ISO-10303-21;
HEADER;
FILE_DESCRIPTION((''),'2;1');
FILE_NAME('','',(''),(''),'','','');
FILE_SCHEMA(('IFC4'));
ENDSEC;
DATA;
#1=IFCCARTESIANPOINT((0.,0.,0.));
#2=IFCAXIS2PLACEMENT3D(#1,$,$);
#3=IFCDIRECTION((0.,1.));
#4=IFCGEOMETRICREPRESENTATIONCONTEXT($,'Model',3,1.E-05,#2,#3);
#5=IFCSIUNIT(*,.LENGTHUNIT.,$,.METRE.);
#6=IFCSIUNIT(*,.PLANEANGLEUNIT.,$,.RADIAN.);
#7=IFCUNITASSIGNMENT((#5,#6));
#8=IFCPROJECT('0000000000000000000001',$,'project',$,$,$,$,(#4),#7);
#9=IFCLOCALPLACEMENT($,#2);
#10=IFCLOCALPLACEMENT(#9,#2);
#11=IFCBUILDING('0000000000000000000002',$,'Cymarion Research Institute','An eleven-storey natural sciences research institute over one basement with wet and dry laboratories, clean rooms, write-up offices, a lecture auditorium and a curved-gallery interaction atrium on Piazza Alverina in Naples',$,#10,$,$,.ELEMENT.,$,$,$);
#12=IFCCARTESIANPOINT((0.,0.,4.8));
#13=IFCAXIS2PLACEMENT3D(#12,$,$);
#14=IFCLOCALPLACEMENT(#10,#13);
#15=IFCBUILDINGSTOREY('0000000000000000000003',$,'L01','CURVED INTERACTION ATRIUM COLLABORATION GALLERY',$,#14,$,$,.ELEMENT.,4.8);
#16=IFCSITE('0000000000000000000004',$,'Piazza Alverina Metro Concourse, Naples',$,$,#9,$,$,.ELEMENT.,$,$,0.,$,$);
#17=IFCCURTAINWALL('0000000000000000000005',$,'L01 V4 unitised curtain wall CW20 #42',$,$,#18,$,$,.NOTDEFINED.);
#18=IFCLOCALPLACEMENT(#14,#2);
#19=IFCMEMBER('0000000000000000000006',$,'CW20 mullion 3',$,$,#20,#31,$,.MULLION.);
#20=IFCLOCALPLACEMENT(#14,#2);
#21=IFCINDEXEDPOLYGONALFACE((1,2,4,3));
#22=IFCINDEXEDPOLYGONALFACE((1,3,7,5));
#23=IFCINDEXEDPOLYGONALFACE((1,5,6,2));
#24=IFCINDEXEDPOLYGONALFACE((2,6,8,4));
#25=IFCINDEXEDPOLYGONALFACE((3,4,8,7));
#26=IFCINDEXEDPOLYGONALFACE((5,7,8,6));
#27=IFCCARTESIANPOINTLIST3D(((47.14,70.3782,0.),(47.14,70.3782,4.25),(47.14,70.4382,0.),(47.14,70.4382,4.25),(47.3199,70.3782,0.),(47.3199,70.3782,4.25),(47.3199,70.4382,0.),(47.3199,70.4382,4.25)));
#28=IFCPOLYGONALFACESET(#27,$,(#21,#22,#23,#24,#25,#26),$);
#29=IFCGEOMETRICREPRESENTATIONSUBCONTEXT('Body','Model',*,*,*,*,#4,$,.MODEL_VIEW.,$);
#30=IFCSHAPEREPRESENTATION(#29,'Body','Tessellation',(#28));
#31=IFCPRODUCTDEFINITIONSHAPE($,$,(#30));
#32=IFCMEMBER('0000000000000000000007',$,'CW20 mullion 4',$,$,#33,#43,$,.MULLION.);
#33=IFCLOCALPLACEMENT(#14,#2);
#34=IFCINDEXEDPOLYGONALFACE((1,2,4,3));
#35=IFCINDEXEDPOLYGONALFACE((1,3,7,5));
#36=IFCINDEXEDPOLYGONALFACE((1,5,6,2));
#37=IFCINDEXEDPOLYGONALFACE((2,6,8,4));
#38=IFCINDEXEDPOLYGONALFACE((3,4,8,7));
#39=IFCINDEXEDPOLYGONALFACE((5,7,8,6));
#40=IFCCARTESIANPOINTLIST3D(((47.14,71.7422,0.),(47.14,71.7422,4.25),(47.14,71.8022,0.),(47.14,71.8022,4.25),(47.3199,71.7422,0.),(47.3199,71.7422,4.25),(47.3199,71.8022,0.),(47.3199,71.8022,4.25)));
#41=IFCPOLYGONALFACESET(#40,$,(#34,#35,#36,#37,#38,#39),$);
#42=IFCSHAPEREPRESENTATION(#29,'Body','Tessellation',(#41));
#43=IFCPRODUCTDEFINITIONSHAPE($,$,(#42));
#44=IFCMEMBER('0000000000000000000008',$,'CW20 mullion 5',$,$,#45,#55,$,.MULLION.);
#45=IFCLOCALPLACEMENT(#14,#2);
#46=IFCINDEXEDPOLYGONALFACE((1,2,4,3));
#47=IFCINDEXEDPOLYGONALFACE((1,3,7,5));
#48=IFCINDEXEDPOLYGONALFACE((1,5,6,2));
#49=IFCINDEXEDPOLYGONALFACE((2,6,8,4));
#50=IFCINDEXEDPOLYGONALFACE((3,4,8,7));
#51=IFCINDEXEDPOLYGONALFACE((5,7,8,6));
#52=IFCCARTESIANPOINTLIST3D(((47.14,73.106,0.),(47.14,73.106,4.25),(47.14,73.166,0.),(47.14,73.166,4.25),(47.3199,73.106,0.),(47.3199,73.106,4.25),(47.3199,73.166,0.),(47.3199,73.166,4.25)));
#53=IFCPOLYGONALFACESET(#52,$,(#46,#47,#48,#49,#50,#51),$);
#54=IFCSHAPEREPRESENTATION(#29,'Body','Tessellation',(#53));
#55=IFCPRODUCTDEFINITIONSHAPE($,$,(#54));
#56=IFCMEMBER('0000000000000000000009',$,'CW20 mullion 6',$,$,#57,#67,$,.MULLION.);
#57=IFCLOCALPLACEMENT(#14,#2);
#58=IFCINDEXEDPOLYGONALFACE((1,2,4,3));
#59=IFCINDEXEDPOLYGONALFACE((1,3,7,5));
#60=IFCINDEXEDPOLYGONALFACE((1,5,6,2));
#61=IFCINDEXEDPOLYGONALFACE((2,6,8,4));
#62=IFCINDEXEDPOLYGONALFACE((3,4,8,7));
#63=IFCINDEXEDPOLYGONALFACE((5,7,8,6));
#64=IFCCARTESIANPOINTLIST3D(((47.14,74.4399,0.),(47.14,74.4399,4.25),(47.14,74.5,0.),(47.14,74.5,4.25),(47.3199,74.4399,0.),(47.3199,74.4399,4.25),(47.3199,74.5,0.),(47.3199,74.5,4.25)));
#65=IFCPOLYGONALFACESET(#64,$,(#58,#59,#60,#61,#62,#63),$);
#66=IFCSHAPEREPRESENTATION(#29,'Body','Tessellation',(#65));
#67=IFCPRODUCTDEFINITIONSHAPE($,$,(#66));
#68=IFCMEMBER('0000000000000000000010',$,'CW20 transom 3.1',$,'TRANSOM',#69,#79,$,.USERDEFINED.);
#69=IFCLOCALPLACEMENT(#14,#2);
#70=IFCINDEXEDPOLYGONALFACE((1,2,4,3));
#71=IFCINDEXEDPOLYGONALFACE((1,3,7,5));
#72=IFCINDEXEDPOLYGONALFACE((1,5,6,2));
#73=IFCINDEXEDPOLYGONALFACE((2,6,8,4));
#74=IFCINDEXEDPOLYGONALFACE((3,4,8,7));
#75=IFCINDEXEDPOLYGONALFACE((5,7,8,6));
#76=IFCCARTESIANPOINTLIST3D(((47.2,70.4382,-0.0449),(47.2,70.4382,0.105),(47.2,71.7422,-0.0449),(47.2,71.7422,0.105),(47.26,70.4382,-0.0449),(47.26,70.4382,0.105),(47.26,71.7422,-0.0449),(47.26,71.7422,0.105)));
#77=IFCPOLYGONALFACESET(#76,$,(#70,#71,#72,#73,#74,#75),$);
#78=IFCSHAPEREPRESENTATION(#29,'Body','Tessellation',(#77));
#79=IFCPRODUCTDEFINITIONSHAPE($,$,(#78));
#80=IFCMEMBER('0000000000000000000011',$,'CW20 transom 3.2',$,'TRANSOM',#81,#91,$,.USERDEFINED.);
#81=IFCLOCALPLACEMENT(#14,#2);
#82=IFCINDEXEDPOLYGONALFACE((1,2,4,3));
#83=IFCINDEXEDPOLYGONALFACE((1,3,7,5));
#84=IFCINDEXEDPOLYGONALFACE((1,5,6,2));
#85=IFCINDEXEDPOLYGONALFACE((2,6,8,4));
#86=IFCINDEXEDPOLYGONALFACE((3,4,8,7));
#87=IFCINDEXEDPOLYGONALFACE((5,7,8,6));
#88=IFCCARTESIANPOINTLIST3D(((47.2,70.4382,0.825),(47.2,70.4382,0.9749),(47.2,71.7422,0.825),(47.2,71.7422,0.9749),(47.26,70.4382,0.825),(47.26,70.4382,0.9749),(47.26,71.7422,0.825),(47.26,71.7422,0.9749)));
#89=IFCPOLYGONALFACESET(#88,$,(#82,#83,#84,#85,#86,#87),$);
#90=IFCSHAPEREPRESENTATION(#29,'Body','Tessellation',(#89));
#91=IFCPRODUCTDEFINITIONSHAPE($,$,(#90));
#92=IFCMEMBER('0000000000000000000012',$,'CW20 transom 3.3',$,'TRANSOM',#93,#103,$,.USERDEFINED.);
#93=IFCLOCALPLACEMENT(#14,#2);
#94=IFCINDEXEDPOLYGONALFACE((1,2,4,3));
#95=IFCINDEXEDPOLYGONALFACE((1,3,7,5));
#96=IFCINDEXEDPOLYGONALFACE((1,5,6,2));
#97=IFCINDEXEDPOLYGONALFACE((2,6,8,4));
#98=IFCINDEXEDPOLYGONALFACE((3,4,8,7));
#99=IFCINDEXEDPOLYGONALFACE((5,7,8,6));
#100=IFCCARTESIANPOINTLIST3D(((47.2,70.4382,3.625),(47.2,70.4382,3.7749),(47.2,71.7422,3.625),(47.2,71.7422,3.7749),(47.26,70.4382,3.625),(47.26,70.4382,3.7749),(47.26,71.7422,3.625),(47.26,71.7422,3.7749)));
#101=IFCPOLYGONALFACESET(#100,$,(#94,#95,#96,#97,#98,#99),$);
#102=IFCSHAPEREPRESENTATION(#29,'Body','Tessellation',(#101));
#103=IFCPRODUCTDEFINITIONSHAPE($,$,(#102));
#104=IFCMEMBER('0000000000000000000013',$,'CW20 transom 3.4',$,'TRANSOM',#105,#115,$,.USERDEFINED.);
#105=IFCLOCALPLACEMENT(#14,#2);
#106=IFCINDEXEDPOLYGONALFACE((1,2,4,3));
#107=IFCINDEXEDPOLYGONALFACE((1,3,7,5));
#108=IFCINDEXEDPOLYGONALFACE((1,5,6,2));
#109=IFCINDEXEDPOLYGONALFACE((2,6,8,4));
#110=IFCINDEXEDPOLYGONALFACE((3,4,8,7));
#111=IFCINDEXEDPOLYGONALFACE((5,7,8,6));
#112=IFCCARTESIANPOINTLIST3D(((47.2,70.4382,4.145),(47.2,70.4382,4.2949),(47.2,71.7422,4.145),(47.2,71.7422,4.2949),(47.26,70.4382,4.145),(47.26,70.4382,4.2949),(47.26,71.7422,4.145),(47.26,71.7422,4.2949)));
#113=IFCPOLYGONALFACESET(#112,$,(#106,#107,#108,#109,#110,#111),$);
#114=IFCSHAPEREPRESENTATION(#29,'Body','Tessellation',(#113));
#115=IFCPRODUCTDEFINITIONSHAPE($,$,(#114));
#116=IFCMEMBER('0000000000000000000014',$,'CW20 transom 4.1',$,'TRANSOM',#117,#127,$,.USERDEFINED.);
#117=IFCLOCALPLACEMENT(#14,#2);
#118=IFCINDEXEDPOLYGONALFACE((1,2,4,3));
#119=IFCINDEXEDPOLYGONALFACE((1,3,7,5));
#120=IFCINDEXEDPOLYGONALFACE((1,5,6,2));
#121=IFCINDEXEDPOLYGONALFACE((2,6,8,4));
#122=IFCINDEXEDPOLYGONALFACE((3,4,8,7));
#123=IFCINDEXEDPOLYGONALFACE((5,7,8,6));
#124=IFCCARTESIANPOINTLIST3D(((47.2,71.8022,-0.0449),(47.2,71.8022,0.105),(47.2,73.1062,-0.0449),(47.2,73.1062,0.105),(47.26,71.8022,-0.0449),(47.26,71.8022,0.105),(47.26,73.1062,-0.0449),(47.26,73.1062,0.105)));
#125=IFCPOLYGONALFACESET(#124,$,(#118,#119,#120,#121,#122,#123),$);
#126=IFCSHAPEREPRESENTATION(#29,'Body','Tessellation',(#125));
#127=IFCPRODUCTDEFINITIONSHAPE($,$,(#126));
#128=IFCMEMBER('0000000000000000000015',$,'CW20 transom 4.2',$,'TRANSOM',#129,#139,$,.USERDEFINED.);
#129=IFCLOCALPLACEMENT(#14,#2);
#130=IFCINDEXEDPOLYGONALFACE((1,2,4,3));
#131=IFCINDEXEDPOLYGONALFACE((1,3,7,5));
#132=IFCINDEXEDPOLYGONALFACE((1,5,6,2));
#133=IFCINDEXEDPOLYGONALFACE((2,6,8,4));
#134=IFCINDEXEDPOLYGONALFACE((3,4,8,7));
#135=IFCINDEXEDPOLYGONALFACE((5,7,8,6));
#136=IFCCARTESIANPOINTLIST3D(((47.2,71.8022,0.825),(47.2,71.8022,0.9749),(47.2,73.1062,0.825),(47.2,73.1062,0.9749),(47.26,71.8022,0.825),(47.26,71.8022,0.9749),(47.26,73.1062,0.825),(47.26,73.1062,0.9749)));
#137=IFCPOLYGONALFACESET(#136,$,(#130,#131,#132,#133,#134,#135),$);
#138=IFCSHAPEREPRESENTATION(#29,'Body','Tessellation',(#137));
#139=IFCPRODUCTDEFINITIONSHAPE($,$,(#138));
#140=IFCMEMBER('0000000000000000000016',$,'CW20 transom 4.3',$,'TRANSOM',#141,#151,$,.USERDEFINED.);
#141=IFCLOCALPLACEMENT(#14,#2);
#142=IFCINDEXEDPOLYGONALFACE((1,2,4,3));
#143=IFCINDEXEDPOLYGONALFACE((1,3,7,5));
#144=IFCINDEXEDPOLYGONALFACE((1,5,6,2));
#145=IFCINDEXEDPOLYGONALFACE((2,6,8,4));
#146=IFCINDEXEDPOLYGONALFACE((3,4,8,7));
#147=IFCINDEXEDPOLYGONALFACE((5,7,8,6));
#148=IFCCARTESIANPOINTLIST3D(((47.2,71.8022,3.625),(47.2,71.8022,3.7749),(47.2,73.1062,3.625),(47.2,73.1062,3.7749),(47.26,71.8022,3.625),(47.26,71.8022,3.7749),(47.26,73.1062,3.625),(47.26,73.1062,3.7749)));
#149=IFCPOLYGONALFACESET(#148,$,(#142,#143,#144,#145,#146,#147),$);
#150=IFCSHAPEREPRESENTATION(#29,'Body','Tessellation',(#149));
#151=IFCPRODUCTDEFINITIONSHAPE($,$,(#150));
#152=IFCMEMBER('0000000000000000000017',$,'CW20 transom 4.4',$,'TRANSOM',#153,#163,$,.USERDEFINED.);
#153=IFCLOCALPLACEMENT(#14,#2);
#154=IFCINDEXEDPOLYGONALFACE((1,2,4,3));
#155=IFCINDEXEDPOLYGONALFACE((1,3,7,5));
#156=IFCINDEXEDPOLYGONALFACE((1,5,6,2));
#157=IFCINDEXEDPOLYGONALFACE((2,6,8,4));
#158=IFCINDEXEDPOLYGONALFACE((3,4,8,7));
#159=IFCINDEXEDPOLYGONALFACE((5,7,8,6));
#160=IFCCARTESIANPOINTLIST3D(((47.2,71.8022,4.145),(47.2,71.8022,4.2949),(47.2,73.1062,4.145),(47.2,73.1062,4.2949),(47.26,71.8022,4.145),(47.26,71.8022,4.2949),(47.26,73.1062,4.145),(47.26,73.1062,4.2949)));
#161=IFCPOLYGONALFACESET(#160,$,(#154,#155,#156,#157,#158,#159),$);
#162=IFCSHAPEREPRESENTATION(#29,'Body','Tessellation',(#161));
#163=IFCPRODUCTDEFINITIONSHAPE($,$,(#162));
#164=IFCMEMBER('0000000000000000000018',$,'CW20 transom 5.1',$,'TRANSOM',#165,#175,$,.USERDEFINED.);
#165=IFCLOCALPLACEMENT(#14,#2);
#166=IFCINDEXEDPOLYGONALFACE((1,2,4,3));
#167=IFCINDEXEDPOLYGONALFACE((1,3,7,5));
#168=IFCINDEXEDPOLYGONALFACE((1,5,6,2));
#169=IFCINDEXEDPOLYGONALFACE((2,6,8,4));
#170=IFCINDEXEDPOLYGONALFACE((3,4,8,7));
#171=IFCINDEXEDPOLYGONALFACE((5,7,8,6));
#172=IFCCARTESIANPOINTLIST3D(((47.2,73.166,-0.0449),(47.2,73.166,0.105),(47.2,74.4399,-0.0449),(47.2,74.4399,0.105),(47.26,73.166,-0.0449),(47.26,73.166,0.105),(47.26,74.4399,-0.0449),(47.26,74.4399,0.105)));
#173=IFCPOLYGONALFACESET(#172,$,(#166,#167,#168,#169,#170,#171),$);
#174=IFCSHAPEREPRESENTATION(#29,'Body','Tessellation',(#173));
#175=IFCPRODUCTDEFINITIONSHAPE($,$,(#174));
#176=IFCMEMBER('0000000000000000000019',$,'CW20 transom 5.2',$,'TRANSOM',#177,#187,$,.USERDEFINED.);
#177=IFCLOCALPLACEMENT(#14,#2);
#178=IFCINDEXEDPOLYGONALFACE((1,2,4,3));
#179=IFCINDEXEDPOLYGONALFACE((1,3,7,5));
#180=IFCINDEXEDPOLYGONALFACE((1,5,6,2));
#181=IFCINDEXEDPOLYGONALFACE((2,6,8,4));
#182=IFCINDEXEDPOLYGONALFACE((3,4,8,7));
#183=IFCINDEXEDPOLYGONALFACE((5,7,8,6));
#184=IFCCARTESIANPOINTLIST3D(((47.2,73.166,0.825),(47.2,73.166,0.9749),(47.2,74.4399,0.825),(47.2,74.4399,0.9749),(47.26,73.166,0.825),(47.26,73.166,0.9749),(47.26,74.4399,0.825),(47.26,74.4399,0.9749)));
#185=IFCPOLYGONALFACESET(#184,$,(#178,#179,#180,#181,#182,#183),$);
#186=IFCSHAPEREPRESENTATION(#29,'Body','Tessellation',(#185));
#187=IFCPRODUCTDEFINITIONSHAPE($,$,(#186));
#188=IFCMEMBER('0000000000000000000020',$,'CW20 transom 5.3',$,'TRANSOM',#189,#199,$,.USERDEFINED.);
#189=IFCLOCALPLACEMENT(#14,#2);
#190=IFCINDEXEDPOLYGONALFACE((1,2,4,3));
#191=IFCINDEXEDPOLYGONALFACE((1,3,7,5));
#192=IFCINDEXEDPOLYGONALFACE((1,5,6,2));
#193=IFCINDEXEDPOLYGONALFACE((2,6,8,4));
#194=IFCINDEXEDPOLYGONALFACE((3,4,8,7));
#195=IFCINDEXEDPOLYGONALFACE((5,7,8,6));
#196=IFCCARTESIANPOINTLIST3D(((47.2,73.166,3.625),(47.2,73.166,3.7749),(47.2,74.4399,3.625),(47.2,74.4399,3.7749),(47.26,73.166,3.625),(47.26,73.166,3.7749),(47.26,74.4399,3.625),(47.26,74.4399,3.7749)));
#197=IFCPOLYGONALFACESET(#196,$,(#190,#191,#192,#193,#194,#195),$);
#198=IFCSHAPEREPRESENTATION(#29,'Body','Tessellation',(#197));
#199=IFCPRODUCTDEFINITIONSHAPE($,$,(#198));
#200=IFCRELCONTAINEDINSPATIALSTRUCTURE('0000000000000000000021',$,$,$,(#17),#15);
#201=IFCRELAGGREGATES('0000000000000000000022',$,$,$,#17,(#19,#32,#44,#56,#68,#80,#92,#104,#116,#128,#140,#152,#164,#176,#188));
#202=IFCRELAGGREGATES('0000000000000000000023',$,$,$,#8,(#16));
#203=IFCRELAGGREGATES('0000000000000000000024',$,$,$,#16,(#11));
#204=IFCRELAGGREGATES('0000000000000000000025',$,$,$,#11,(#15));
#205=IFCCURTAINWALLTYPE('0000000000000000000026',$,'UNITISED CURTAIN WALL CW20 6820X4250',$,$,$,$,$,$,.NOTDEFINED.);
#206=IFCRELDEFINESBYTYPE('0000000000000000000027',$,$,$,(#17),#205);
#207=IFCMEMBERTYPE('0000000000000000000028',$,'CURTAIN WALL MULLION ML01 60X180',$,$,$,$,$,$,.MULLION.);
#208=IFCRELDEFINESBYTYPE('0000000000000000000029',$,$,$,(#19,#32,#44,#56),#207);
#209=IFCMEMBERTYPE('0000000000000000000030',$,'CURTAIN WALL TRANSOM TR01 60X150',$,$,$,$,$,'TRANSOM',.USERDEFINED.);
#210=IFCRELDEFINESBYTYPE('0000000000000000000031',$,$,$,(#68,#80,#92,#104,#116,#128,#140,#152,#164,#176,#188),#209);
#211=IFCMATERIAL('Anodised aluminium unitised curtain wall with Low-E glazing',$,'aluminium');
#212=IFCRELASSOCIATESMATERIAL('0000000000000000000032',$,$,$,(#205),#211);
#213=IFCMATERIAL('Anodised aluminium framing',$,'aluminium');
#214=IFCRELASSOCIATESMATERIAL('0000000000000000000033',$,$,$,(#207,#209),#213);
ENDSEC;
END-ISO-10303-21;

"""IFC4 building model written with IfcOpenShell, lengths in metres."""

from ifc_helpers import new_model, si_unit, direction, frame, origin, origin_2d, place, context, subcontext, project, spatial, rectangle, extrude, material, material_profile, profile_set, type_object, element, aggregate, save


model = new_model("IFC4")

# Units and contexts
model_context = context("Model", 3, precision=1e-05, world=origin(), true_north=direction((0.0, 1.0)))
body_context = subcontext(model_context, "Body", "Model", "MODEL_VIEW")
ifc_project = project(units=[si_unit("LENGTHUNIT", "METRE"), si_unit("PLANEANGLEUNIT", "RADIAN")], contexts=[model_context])

# Site, building, storey
site_placement = place(None, origin())
site = spatial("IfcSite", under=ifc_project, at=site_placement, Name="Piazza Alverina Metro Concourse, Naples", CompositionType="ELEMENT", RefElevation=0.0)
building_placement = place(site_placement, origin())
building = spatial("IfcBuilding", under=site, at=building_placement, Name="Cymarion Research Institute", Description="An eleven-storey natural sciences research institute over one basement with wet and dry laboratories, clean rooms, write-up offices, a lecture auditorium and a curved-gallery interaction atrium on Piazza Alverina in Naples", CompositionType="ELEMENT")
storey_placement = place(building_placement, frame((0.0, 0.0, 4.8)))
storey = spatial("IfcBuildingStorey", under=building, at=storey_placement, Name="L01", Description="CURVED INTERACTION ATRIUM COLLABORATION GALLERY", CompositionType="ELEMENT", Elevation=4.8)

# Curtain wall, members
ifc_material_1 = material(Name="Anodised aluminium unitised curtain wall with Low-E glazing", Category="aluminium")
curtain_wall_type = type_object("IfcCurtainWallType", Name="UNITISED CURTAIN WALL CW20 6820X4250", PredefinedType="NOTDEFINED", material=ifc_material_1)
curtain_wall_placement = place(storey_placement, origin())
curtain_wall = element("IfcCurtainWall", 1, at=curtain_wall_placement, inside=storey, type_object=curtain_wall_type, Name="L01 V4 unitised curtain wall CW20 #42", PredefinedType="NOTDEFINED")
ifc_material_2 = material(Name="Anodised aluminium framing", Category="aluminium")
ifc_material_profile_1 = material_profile(ifc_material_2, rectangle(XDim=0.0601, YDim=0.1799, at=origin_2d()), Name="ALU MULLION 60x180")
ifc_profile_set_1 = profile_set([ifc_material_profile_1], Name="Anodised aluminium framing")
member_type_1 = type_object("IfcMemberType", Name="CURTAIN WALL MULLION ML01 60X180", PredefinedType="MULLION", material=ifc_profile_set_1)
member_1_placement = place(storey_placement, frame((47.23, 70.4082, 0.0), z_axis=(0.0, 0.0, 1.0), x_axis=(0.0, 1.0, 0.0)))
member_1 = element("IfcMember", 2, at=member_1_placement, type_object=member_type_1, Name="CW20 mullion 3", PredefinedType="MULLION", context=body_context, shape_type="SweptSolid", body=[
    extrude(rectangle(XDim=0.0601, YDim=0.1799, at=origin_2d()), origin(), (0.0, 0.0, 1.0), 4.25),
])
member_2_placement = place(storey_placement, frame((47.23, 71.7722, 0.0), z_axis=(0.0, 0.0, 1.0), x_axis=(0.0, 1.0, 0.0)))
member_2 = element("IfcMember", 3, at=member_2_placement, type_object=member_type_1, Name="CW20 mullion 4", PredefinedType="MULLION", context=body_context, shape_type="SweptSolid", body=[
    extrude(rectangle(XDim=0.0601, YDim=0.1799, at=origin_2d()), origin(), (0.0, 0.0, 1.0), 4.25),
])
member_3_placement = place(storey_placement, frame((47.23, 73.136, 0.0), z_axis=(0.0, 0.0, 1.0), x_axis=(0.0, 1.0, 0.0)))
member_3 = element("IfcMember", 4, at=member_3_placement, type_object=member_type_1, Name="CW20 mullion 5", PredefinedType="MULLION", context=body_context, shape_type="SweptSolid", body=[
    extrude(rectangle(XDim=0.0601, YDim=0.1799, at=origin_2d()), origin(), (0.0, 0.0, 1.0), 4.25),
])
member_4_placement = place(storey_placement, frame((47.23, 74.47, 0.0), z_axis=(0.0, 0.0, 1.0), x_axis=(0.0, 1.0, 0.0)))
member_4 = element("IfcMember", 5, at=member_4_placement, type_object=member_type_1, Name="CW20 mullion 6", PredefinedType="MULLION", context=body_context, shape_type="SweptSolid", body=[
    extrude(rectangle(XDim=0.0601, YDim=0.1799, at=origin_2d()), origin(), (0.0, 0.0, 1.0), 4.25),
])
ifc_material_profile_2 = material_profile(ifc_material_2, rectangle(XDim=0.0601, YDim=0.1499, at=origin_2d()), Name="ALU TRANSOM 60x150")
ifc_profile_set_2 = profile_set([ifc_material_profile_2], Name="Anodised aluminium framing")
member_type_2 = type_object("IfcMemberType", Name="CURTAIN WALL TRANSOM TR01 60X150", ElementType="TRANSOM", PredefinedType="USERDEFINED", material=ifc_profile_set_2)
member_5_placement = place(storey_placement, frame((47.23, 70.4382, 0.03), z_axis=(0.0, 1.0, 0.0), x_axis=(-1.0, 0.0, 0.0)))
member_5 = element("IfcMember", 6, at=member_5_placement, type_object=member_type_2, Name="CW20 transom 3.1", ObjectType="TRANSOM", PredefinedType="USERDEFINED", context=body_context, shape_type="SweptSolid", body=[
    extrude(rectangle(XDim=0.0601, YDim=0.1499, at=origin_2d()), origin(), (0.0, 0.0, 1.0), 1.304),
])
member_6_placement = place(storey_placement, frame((47.23, 70.4382, 0.8999), z_axis=(0.0, 1.0, 0.0), x_axis=(-1.0, 0.0, 0.0)))
member_6 = element("IfcMember", 7, at=member_6_placement, type_object=member_type_2, Name="CW20 transom 3.2", ObjectType="TRANSOM", PredefinedType="USERDEFINED", context=body_context, shape_type="SweptSolid", body=[
    extrude(rectangle(XDim=0.0601, YDim=0.1499, at=origin_2d()), origin(), (0.0, 0.0, 1.0), 1.304),
])
member_7_placement = place(storey_placement, frame((47.23, 70.4382, 3.7), z_axis=(0.0, 1.0, 0.0), x_axis=(-1.0, 0.0, 0.0)))
member_7 = element("IfcMember", 8, at=member_7_placement, type_object=member_type_2, Name="CW20 transom 3.3", ObjectType="TRANSOM", PredefinedType="USERDEFINED", context=body_context, shape_type="SweptSolid", body=[
    extrude(rectangle(XDim=0.0601, YDim=0.1499, at=origin_2d()), origin(), (0.0, 0.0, 1.0), 1.304),
])
member_8_placement = place(storey_placement, frame((47.23, 70.4382, 4.22), z_axis=(0.0, 1.0, 0.0), x_axis=(-1.0, 0.0, 0.0)))
member_8 = element("IfcMember", 9, at=member_8_placement, type_object=member_type_2, Name="CW20 transom 3.4", ObjectType="TRANSOM", PredefinedType="USERDEFINED", context=body_context, shape_type="SweptSolid", body=[
    extrude(rectangle(XDim=0.0601, YDim=0.1499, at=origin_2d()), origin(), (0.0, 0.0, 1.0), 1.304),
])
member_9_placement = place(storey_placement, frame((47.23, 71.8022, 0.03), z_axis=(0.0, 1.0, 0.0), x_axis=(-1.0, 0.0, 0.0)))
member_9 = element("IfcMember", 10, at=member_9_placement, type_object=member_type_2, Name="CW20 transom 4.1", ObjectType="TRANSOM", PredefinedType="USERDEFINED", context=body_context, shape_type="SweptSolid", body=[
    extrude(rectangle(XDim=0.0601, YDim=0.1499, at=origin_2d()), origin(), (0.0, 0.0, 1.0), 1.304),
])
member_10_placement = place(storey_placement, frame((47.23, 71.8022, 0.8999), z_axis=(0.0, 1.0, 0.0), x_axis=(-1.0, 0.0, 0.0)))
member_10 = element("IfcMember", 11, at=member_10_placement, type_object=member_type_2, Name="CW20 transom 4.2", ObjectType="TRANSOM", PredefinedType="USERDEFINED", context=body_context, shape_type="SweptSolid", body=[
    extrude(rectangle(XDim=0.0601, YDim=0.1499, at=origin_2d()), origin(), (0.0, 0.0, 1.0), 1.304),
])
member_11_placement = place(storey_placement, frame((47.23, 71.8022, 3.7), z_axis=(0.0, 1.0, 0.0), x_axis=(-1.0, 0.0, 0.0)))
member_11 = element("IfcMember", 12, at=member_11_placement, type_object=member_type_2, Name="CW20 transom 4.3", ObjectType="TRANSOM", PredefinedType="USERDEFINED", context=body_context, shape_type="SweptSolid", body=[
    extrude(rectangle(XDim=0.0601, YDim=0.1499, at=origin_2d()), origin(), (0.0, 0.0, 1.0), 1.304),
])
member_12_placement = place(storey_placement, frame((47.23, 71.8022, 4.22), z_axis=(0.0, 1.0, 0.0), x_axis=(-1.0, 0.0, 0.0)))
member_12 = element("IfcMember", 13, at=member_12_placement, type_object=member_type_2, Name="CW20 transom 4.4", ObjectType="TRANSOM", PredefinedType="USERDEFINED", context=body_context, shape_type="SweptSolid", body=[
    extrude(rectangle(XDim=0.0601, YDim=0.1499, at=origin_2d()), origin(), (0.0, 0.0, 1.0), 1.304),
])
member_13_placement = place(storey_placement, frame((47.23, 73.166, 0.03), z_axis=(0.0, 1.0, 0.0), x_axis=(-1.0, 0.0, 0.0)))
member_13 = element("IfcMember", 14, at=member_13_placement, type_object=member_type_2, Name="CW20 transom 5.1", ObjectType="TRANSOM", PredefinedType="USERDEFINED", context=body_context, shape_type="SweptSolid", body=[
    extrude(rectangle(XDim=0.0601, YDim=0.1499, at=origin_2d()), origin(), (0.0, 0.0, 1.0), 1.2739),
])
member_14_placement = place(storey_placement, frame((47.23, 73.166, 0.8999), z_axis=(0.0, 1.0, 0.0), x_axis=(-1.0, 0.0, 0.0)))
member_14 = element("IfcMember", 15, at=member_14_placement, type_object=member_type_2, Name="CW20 transom 5.2", ObjectType="TRANSOM", PredefinedType="USERDEFINED", context=body_context, shape_type="SweptSolid", body=[
    extrude(rectangle(XDim=0.0601, YDim=0.1499, at=origin_2d()), origin(), (0.0, 0.0, 1.0), 1.2739),
])
member_15_placement = place(storey_placement, frame((47.23, 73.166, 3.7), z_axis=(0.0, 1.0, 0.0), x_axis=(-1.0, 0.0, 0.0)))
member_15 = element("IfcMember", 16, at=member_15_placement, type_object=member_type_2, Name="CW20 transom 5.3", ObjectType="TRANSOM", PredefinedType="USERDEFINED", context=body_context, shape_type="SweptSolid", body=[
    extrude(rectangle(XDim=0.0601, YDim=0.1499, at=origin_2d()), origin(), (0.0, 0.0, 1.0), 1.2739),
])
aggregate(curtain_wall, [member_1, member_2, member_3, member_4, member_5, member_6, member_7, member_8, member_9, member_10, member_11, member_12, member_13, member_14, member_15])

save(model, "model.ifc")
